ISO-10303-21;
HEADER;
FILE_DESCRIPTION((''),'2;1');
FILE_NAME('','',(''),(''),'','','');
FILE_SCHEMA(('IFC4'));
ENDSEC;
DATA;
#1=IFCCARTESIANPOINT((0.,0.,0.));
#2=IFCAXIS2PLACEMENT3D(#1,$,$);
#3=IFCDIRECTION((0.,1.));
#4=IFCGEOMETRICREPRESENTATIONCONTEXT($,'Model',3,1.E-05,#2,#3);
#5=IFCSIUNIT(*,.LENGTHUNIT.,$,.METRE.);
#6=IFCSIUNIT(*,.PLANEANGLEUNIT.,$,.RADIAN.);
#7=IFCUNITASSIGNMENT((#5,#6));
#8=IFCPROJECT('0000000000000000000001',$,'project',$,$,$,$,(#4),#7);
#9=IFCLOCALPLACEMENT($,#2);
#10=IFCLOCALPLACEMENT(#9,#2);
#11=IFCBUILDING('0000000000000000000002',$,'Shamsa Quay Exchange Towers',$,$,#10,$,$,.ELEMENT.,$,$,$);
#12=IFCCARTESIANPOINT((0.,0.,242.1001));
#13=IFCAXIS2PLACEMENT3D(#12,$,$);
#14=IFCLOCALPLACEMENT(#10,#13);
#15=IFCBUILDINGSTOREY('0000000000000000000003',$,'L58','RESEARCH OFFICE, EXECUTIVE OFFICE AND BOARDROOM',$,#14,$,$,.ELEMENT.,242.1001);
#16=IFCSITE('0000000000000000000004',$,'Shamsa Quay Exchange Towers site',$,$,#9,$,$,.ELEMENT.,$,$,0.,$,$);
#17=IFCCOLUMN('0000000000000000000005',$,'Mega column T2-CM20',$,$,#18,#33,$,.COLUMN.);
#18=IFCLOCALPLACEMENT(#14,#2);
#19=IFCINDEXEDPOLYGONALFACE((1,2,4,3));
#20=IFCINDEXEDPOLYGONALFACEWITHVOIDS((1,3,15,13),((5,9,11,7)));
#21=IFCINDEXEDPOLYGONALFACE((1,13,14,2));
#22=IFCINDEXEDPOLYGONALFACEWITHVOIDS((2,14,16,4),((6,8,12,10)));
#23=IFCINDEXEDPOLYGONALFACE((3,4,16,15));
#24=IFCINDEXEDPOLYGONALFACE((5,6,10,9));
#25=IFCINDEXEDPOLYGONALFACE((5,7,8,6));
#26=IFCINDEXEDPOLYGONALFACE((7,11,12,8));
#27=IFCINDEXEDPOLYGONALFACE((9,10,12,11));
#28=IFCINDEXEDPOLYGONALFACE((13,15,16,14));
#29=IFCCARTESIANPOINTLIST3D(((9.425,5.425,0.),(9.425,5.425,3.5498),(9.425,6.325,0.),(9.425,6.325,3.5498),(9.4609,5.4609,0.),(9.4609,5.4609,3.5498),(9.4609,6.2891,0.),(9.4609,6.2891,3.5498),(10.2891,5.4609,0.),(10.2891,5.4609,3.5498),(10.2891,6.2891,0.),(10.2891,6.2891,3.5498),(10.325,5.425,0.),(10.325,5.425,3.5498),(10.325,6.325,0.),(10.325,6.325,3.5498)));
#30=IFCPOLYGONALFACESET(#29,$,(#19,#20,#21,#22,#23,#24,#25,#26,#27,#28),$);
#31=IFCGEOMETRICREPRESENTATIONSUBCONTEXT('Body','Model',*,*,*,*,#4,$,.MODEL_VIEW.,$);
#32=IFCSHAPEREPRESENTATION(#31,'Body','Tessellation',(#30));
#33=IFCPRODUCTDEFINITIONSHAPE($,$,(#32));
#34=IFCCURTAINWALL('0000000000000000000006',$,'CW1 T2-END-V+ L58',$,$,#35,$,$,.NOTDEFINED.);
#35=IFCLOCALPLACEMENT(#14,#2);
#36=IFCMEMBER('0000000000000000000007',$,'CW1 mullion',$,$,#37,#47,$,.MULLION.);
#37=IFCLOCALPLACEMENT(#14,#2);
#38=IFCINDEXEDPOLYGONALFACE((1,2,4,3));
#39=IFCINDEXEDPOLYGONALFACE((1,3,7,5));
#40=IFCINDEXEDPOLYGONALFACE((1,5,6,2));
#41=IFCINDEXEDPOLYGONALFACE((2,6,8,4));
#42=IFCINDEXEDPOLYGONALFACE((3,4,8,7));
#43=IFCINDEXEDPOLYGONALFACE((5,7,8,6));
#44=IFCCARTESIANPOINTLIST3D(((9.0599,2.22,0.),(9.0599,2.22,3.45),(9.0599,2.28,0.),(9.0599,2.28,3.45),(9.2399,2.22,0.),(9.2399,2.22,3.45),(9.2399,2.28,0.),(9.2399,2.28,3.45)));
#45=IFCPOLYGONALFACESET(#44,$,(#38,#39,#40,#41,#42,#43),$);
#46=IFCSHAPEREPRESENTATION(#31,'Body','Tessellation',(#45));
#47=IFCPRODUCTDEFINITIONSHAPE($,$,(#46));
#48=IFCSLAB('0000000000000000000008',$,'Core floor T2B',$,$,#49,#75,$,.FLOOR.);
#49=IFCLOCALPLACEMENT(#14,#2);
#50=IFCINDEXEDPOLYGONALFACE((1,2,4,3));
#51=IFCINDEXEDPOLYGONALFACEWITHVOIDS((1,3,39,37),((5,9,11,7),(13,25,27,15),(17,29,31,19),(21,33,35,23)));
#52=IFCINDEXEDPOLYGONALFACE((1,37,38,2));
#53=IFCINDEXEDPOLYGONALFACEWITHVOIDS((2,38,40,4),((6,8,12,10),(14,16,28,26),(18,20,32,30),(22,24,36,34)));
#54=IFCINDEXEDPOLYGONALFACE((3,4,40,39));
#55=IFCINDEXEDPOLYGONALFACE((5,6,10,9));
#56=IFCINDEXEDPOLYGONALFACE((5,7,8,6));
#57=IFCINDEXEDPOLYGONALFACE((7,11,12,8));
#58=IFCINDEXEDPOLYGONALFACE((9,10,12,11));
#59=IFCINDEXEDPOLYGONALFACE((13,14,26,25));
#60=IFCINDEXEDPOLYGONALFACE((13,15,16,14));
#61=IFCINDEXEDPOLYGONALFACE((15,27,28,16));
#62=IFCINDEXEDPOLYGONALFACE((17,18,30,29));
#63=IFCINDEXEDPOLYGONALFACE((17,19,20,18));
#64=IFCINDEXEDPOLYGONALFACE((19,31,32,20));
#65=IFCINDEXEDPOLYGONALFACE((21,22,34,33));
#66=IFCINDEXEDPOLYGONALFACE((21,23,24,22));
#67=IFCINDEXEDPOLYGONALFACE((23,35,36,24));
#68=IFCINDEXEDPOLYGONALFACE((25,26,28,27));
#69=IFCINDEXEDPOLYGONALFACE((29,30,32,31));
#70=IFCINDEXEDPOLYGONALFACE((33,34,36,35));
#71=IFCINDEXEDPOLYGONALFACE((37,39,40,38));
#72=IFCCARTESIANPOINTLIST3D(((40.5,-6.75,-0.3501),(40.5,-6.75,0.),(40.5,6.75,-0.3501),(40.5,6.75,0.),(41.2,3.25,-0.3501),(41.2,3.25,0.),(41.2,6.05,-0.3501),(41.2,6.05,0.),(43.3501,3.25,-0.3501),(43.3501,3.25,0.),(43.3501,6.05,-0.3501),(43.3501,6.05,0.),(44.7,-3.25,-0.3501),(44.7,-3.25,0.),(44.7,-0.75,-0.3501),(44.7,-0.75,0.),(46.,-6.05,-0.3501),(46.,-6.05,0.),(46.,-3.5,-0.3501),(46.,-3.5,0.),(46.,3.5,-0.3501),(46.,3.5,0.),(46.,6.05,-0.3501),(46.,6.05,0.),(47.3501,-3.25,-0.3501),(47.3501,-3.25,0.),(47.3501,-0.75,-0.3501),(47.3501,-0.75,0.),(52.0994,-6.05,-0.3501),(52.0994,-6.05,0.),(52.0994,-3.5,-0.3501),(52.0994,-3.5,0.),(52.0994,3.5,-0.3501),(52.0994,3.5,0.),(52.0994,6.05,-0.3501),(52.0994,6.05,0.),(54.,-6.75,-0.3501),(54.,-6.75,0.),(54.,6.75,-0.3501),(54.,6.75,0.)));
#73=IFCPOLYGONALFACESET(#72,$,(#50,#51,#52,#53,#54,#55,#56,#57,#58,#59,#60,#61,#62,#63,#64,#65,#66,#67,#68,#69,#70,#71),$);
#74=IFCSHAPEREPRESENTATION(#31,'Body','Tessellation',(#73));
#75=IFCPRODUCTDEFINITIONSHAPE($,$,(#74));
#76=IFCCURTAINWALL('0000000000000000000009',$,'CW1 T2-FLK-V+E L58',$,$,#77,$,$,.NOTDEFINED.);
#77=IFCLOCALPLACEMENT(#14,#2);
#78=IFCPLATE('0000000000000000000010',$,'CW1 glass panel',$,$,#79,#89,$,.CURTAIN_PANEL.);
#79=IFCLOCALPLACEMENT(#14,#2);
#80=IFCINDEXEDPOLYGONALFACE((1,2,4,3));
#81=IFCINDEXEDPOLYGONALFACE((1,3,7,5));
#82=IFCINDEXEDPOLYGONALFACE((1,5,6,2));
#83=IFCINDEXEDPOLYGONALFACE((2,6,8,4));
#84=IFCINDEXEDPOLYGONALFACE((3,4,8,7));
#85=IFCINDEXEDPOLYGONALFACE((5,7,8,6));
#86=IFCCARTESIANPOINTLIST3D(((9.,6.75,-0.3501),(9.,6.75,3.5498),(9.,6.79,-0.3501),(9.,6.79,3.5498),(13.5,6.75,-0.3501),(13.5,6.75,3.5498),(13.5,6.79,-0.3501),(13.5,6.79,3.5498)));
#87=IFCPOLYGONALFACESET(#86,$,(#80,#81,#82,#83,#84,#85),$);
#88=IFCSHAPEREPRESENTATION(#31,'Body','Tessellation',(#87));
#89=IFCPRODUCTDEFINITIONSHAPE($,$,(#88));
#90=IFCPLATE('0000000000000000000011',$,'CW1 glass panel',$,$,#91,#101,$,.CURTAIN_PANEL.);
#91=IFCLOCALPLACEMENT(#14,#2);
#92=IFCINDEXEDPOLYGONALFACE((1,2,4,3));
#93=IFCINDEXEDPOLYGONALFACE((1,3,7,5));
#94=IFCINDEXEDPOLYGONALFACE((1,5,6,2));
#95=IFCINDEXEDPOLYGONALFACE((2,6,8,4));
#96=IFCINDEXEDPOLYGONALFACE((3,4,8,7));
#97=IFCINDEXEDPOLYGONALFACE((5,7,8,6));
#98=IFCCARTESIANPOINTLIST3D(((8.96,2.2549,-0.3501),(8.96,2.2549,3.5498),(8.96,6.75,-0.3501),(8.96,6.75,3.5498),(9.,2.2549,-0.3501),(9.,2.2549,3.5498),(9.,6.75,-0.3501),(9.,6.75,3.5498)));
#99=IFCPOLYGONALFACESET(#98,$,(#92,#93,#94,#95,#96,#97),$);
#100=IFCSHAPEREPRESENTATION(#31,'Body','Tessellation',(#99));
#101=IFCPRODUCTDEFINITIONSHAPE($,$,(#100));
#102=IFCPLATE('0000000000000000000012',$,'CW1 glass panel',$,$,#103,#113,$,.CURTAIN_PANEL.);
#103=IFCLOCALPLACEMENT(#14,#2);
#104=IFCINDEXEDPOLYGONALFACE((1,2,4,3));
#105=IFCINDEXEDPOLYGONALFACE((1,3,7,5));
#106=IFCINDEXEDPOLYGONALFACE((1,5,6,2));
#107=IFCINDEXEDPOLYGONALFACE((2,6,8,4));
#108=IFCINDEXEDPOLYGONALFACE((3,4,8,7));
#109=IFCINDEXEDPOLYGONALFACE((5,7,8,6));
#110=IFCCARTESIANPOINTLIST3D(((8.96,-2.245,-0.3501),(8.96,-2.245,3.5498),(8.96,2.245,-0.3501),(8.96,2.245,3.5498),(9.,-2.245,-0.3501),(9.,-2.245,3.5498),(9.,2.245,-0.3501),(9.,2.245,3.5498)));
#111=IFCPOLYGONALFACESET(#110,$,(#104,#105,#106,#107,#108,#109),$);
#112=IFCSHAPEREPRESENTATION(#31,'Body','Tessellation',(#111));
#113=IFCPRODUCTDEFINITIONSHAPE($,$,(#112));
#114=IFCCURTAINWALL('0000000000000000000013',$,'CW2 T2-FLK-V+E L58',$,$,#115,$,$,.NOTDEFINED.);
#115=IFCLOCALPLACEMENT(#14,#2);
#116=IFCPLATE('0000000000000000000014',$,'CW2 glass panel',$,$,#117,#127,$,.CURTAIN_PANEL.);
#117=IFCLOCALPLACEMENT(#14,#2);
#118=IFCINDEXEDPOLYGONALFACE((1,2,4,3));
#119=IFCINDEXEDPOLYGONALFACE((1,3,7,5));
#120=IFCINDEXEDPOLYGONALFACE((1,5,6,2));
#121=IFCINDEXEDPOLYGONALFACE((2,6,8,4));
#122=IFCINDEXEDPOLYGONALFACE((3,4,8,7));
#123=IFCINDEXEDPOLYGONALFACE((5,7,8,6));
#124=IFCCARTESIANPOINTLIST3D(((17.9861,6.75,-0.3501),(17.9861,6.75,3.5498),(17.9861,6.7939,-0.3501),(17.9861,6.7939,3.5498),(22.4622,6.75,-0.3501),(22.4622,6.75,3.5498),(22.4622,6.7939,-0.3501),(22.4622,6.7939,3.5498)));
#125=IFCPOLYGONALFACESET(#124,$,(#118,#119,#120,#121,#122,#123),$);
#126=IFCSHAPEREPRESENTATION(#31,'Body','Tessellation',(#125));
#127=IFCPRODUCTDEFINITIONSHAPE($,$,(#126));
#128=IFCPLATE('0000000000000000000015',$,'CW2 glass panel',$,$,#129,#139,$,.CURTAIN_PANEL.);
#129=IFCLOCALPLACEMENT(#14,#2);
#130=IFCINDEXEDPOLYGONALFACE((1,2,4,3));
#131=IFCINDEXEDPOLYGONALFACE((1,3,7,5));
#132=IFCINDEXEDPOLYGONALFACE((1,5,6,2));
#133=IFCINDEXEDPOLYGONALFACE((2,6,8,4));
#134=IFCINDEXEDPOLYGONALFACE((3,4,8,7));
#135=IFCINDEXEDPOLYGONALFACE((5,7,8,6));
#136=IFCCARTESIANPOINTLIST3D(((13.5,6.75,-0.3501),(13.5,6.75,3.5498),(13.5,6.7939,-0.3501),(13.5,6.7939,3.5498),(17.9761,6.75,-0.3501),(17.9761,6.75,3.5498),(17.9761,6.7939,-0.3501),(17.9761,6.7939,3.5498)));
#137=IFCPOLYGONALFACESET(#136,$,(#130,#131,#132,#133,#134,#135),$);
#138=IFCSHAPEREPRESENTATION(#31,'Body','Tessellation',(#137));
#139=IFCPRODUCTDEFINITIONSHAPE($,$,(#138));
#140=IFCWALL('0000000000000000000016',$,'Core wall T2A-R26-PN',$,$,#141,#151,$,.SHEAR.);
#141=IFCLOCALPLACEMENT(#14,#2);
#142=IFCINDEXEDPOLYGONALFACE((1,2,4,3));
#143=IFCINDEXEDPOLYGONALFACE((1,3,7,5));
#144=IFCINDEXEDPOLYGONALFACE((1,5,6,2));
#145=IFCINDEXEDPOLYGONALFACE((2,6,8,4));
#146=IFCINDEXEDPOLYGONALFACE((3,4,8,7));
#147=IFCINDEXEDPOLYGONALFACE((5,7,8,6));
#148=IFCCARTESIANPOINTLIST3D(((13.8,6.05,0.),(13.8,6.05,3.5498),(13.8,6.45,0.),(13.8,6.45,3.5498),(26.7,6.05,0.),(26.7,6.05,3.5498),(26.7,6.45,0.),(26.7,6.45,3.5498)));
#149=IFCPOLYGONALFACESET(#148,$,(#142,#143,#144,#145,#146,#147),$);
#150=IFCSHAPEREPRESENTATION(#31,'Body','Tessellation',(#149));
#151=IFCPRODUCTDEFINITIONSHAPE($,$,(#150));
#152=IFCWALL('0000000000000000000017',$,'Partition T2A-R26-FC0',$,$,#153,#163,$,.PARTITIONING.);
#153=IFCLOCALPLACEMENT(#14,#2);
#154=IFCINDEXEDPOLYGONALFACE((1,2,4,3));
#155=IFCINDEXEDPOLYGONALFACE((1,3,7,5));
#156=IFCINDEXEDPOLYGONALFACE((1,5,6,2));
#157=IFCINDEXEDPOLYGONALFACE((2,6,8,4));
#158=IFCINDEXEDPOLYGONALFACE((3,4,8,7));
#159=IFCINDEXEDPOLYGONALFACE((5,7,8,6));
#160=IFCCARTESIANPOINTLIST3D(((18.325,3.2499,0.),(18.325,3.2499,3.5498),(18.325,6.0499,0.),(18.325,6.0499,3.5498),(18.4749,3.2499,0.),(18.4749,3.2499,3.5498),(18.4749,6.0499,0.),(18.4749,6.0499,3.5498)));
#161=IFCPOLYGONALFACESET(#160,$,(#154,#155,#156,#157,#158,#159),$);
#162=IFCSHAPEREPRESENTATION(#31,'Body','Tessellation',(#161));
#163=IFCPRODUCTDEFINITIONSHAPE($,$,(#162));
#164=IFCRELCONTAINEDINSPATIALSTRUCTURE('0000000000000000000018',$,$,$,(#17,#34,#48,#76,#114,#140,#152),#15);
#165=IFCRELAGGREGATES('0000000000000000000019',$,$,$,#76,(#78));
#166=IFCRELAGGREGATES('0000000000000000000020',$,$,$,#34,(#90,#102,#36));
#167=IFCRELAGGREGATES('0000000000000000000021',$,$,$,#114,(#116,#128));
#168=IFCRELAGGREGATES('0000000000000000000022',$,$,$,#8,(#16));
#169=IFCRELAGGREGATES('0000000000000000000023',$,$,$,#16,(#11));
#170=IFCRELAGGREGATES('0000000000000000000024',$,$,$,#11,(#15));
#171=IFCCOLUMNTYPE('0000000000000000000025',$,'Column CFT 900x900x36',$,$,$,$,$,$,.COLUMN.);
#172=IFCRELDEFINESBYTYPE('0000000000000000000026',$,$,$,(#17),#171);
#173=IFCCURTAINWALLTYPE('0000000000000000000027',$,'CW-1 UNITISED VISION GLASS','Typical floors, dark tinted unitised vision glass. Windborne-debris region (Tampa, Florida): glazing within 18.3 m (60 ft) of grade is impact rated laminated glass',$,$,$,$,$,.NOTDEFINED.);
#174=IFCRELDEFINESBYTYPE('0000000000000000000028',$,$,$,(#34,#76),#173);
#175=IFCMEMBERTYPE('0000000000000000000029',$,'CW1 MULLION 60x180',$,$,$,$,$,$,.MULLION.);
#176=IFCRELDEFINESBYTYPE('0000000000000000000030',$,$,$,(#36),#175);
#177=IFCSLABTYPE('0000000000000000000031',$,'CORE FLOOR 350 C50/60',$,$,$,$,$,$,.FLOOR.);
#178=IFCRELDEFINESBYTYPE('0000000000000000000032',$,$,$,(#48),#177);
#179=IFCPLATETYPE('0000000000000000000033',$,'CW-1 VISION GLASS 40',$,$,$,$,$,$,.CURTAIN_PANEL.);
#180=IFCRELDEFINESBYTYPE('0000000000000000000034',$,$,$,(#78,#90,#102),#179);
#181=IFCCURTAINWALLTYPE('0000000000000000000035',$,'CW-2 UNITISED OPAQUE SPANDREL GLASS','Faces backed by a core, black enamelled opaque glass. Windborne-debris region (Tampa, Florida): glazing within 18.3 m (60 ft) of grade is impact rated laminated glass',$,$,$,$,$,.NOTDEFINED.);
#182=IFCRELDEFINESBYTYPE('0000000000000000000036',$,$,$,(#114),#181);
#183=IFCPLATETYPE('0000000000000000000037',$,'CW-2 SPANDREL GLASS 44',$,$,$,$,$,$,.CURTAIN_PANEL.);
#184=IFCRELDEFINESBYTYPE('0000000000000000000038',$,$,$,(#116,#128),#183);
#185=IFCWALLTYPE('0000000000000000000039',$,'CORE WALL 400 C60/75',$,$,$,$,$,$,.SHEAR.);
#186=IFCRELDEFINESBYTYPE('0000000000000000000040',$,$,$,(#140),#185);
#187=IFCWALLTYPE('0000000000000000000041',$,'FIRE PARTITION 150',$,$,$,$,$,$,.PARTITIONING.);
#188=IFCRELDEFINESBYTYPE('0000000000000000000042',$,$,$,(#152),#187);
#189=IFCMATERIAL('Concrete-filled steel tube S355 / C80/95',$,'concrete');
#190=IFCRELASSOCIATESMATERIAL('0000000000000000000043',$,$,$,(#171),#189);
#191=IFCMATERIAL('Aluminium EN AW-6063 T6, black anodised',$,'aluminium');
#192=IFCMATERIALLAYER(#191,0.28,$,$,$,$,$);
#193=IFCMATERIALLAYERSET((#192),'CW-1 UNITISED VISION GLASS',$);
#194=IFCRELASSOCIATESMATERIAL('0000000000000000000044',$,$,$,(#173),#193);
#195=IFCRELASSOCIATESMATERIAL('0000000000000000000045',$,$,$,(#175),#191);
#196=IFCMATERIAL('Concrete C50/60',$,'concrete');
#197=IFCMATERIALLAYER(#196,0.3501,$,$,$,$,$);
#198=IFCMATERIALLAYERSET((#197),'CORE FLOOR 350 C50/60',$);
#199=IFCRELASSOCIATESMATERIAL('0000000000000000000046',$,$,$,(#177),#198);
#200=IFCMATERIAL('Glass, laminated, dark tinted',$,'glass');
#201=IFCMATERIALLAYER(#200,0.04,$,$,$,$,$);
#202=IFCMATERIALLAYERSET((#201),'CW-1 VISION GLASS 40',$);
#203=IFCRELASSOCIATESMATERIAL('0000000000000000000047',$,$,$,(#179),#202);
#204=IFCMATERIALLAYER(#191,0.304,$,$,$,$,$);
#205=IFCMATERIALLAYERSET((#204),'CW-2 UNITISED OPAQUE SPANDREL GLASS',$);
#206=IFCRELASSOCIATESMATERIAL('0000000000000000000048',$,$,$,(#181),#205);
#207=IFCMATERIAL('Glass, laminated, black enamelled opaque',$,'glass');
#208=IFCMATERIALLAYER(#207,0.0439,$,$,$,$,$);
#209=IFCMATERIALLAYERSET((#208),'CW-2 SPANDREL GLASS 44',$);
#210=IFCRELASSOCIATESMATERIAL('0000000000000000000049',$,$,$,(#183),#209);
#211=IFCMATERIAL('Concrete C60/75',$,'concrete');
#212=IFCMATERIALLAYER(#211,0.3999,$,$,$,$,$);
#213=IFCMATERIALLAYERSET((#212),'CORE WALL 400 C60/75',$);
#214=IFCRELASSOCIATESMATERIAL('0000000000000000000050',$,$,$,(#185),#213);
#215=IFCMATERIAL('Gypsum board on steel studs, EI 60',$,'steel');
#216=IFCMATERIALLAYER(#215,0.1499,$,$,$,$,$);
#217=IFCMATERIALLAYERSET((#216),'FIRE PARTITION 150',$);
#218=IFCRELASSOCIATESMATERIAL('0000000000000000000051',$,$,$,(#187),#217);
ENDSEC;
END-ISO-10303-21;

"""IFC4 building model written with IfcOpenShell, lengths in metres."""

from ifc_helpers import new_model, si_unit, direction, frame, frame_2d, origin, origin_2d, place, context, subcontext, project, spatial, polyline, rectangle, hollow_rectangle, outline, extrude, material, layer, layer_set, material_profile, profile_set, type_object, element, aggregate, save


model = new_model("IFC4")

# Units and contexts
model_context = context("Model", 3, precision=1e-05, world=origin(), true_north=direction((0.0, 1.0)))
body_context = subcontext(model_context, "Body", "Model", "MODEL_VIEW")
ifc_project = project(units=[si_unit("LENGTHUNIT", "METRE"), si_unit("PLANEANGLEUNIT", "RADIAN")], contexts=[model_context])

# Site, building, storey
site_placement = place(None, origin())
site = spatial("IfcSite", under=ifc_project, at=site_placement, Name="Shamsa Quay Exchange Towers site", CompositionType="ELEMENT", RefElevation=0.0)
building_placement = place(site_placement, origin())
building = spatial("IfcBuilding", under=site, at=building_placement, Name="Shamsa Quay Exchange Towers", CompositionType="ELEMENT")
storey_placement = place(building_placement, frame((0.0, 0.0, 242.1001)))
storey = spatial("IfcBuildingStorey", under=building, at=storey_placement, Name="L58", Description="RESEARCH OFFICE, EXECUTIVE OFFICE AND BOARDROOM", CompositionType="ELEMENT", Elevation=242.1001)

# Column
ifc_material_1 = material(Name="Concrete-filled steel tube S355 / C80/95", Category="concrete")
ifc_material_profile_1 = material_profile(ifc_material_1, hollow_rectangle(XDim=0.8999, YDim=0.8999, WallThickness=0.0359, at=origin_2d()), Name="CFT 900x900x36")
ifc_profile_set_1 = profile_set([ifc_material_profile_1], Name="Concrete-filled steel tube S355 / C80/95")
column_type = type_object("IfcColumnType", Name="Column CFT 900x900x36", PredefinedType="COLUMN", material=ifc_profile_set_1)
column_placement = place(storey_placement, frame((9.875, 5.875, 0.0)))
element("IfcColumn", 1, at=column_placement, inside=storey, type_object=column_type, Name="Mega column T2-CM20", PredefinedType="COLUMN", context=body_context, shape_type="SweptSolid", body=[
    extrude(hollow_rectangle(XDim=0.8999, YDim=0.8999, WallThickness=0.0359, at=origin_2d()), origin(), (0.0, 0.0, 1.0), 3.5498),
])

# Curtain wall, member
ifc_material_2 = material(Name="Aluminium EN AW-6063 T6, black anodised", Category="aluminium")
ifc_layer_1 = layer(ifc_material_2, 0.28)
ifc_layer_set_1 = layer_set([ifc_layer_1], Name="CW-1 UNITISED VISION GLASS")
curtain_wall_type_1 = type_object("IfcCurtainWallType", Name="CW-1 UNITISED VISION GLASS", Description="Typical floors, dark tinted unitised vision glass. Windborne-debris region (Tampa, Florida): glazing within 18.3 m (60 ft) of grade is impact rated laminated glass", PredefinedType="NOTDEFINED", material=ifc_layer_set_1)
curtain_wall_1_placement = place(storey_placement, origin())
curtain_wall_1 = element("IfcCurtainWall", 2, at=curtain_wall_1_placement, inside=storey, type_object=curtain_wall_type_1, Name="CW1 T2-END-V+ L58", PredefinedType="NOTDEFINED")
ifc_material_profile_2 = material_profile(ifc_material_2, rectangle(XDim=0.1799, YDim=0.0601, at=origin_2d()), Name="MU60x180")
ifc_profile_set_2 = profile_set([ifc_material_profile_2], Name="Aluminium EN AW-6063 T6, black anodised")
member_type = type_object("IfcMemberType", Name="CW1 MULLION 60x180", PredefinedType="MULLION", material=ifc_profile_set_2)
member_placement = place(storey_placement, frame((9.1499, 2.25, 0.0)))
member = element("IfcMember", 3, at=member_placement, type_object=member_type, Name="CW1 mullion", PredefinedType="MULLION", context=body_context, shape_type="SweptSolid", body=[
    extrude(rectangle(XDim=0.1799, YDim=0.0601, at=origin_2d()), origin(), (0.0, 0.0, 1.0), 3.45),
])

# Slab
ifc_material_3 = material(Name="Concrete C50/60", Category="concrete")
ifc_layer_2 = layer(ifc_material_3, 0.3501)
ifc_layer_set_2 = layer_set([ifc_layer_2], Name="CORE FLOOR 350 C50/60")
slab_type = type_object("IfcSlabType", Name="CORE FLOOR 350 C50/60", PredefinedType="FLOOR", material=ifc_layer_set_2)
slab_placement = place(storey_placement, frame((0.0, 0.0, -0.3501)))
element("IfcSlab", 4, at=slab_placement, inside=storey, type_object=slab_type, Name="Core floor T2B", PredefinedType="FLOOR", context=body_context, shape_type="SweptSolid", body=[
    extrude(outline(polyline([(54.0, -6.75), (54.0, 6.75), (40.5, 6.75), (40.5, -6.75), (54.0, -6.75)]), holes=[polyline([(52.0994, -3.5), (52.0994, -6.05), (46.0, -6.05), (46.0, -3.5), (52.0994, -3.5)]), polyline([(52.0994, 6.05), (52.0994, 3.5), (46.0, 3.5), (46.0, 6.05), (52.0994, 6.05)]), polyline([(43.3501, 3.25), (41.2, 3.25), (41.2, 6.05), (43.3501, 6.05), (43.3501, 3.25)]), polyline([(47.3501, -3.25), (44.7, -3.25), (44.7, -0.75), (47.3501, -0.75), (47.3501, -3.25)])]), origin(), (0.0, 0.0, 1.0), 0.3501),
])

# Curtain wall, plate
curtain_wall_2_placement = place(storey_placement, origin())
curtain_wall_2 = element("IfcCurtainWall", 5, at=curtain_wall_2_placement, inside=storey, type_object=curtain_wall_type_1, Name="CW1 T2-FLK-V+E L58", PredefinedType="NOTDEFINED")
ifc_material_4 = material(Name="Glass, laminated, dark tinted", Category="glass")
ifc_layer_3 = layer(ifc_material_4, 0.04)
ifc_layer_set_3 = layer_set([ifc_layer_3], Name="CW-1 VISION GLASS 40")
plate_type_1 = type_object("IfcPlateType", Name="CW-1 VISION GLASS 40", PredefinedType="CURTAIN_PANEL", material=ifc_layer_set_3)
plate_1_placement = place(storey_placement, frame((11.25, 6.77, -0.3501), z_axis=(0.0, 0.0, 1.0), x_axis=(-1.0, 0.0, 0.0)))
plate_1 = element("IfcPlate", 6, at=plate_1_placement, type_object=plate_type_1, Name="CW1 glass panel", PredefinedType="CURTAIN_PANEL", context=body_context, shape_type="SweptSolid", body=[
    extrude(rectangle(XDim=4.5, YDim=0.04, at=origin_2d()), origin(), (0.0, 0.0, 1.0), 3.8999),
])
aggregate(curtain_wall_2, [plate_1])

# Plates
plate_2_placement = place(storey_placement, frame((8.98, 4.5024, -0.3501), z_axis=(0.0, 0.0, 1.0), x_axis=(0.0, -1.0, 0.0)))
plate_2 = element("IfcPlate", 7, at=plate_2_placement, type_object=plate_type_1, Name="CW1 glass panel", PredefinedType="CURTAIN_PANEL", context=body_context, shape_type="SweptSolid", body=[
    extrude(rectangle(XDim=4.4951, YDim=0.04, at=origin_2d()), origin(), (0.0, 0.0, 1.0), 3.8999),
])
plate_3_placement = place(storey_placement, frame((8.98, 0.0, -0.3501), z_axis=(0.0, 0.0, 1.0), x_axis=(0.0, -1.0, 0.0)))
plate_3 = element("IfcPlate", 8, at=plate_3_placement, type_object=plate_type_1, Name="CW1 glass panel", PredefinedType="CURTAIN_PANEL", context=body_context, shape_type="SweptSolid", body=[
    extrude(rectangle(XDim=4.49, YDim=0.04, at=origin_2d()), origin(), (0.0, 0.0, 1.0), 3.8999),
])
aggregate(curtain_wall_1, [plate_2, plate_3, member])

# Curtain wall, plates
ifc_layer_4 = layer(ifc_material_2, 0.304)
ifc_layer_set_4 = layer_set([ifc_layer_4], Name="CW-2 UNITISED OPAQUE SPANDREL GLASS")
curtain_wall_type_2 = type_object("IfcCurtainWallType", Name="CW-2 UNITISED OPAQUE SPANDREL GLASS", Description="Faces backed by a core, black enamelled opaque glass. Windborne-debris region (Tampa, Florida): glazing within 18.3 m (60 ft) of grade is impact rated laminated glass", PredefinedType="NOTDEFINED", material=ifc_layer_set_4)
curtain_wall_3_placement = place(storey_placement, origin())
curtain_wall_3 = element("IfcCurtainWall", 9, at=curtain_wall_3_placement, inside=storey, type_object=curtain_wall_type_2, Name="CW2 T2-FLK-V+E L58", PredefinedType="NOTDEFINED")
ifc_material_5 = material(Name="Glass, laminated, black enamelled opaque", Category="glass")
ifc_layer_5 = layer(ifc_material_5, 0.0439)
ifc_layer_set_5 = layer_set([ifc_layer_5], Name="CW-2 SPANDREL GLASS 44")
plate_type_2 = type_object("IfcPlateType", Name="CW-2 SPANDREL GLASS 44", PredefinedType="CURTAIN_PANEL", material=ifc_layer_set_5)
plate_4_placement = place(storey_placement, frame((20.2241, 6.772, -0.3501), z_axis=(0.0, 0.0, 1.0), x_axis=(-1.0, 0.0, 0.0)))
plate_4 = element("IfcPlate", 10, at=plate_4_placement, type_object=plate_type_2, Name="CW2 glass panel", PredefinedType="CURTAIN_PANEL", context=body_context, shape_type="SweptSolid", body=[
    extrude(rectangle(XDim=4.4761, YDim=0.0439, at=origin_2d()), origin(), (0.0, 0.0, 1.0), 3.8999),
])
plate_5_placement = place(storey_placement, frame((15.738, 6.772, -0.3501), z_axis=(0.0, 0.0, 1.0), x_axis=(-1.0, 0.0, 0.0)))
plate_5 = element("IfcPlate", 11, at=plate_5_placement, type_object=plate_type_2, Name="CW2 glass panel", PredefinedType="CURTAIN_PANEL", context=body_context, shape_type="SweptSolid", body=[
    extrude(rectangle(XDim=4.4761, YDim=0.0439, at=origin_2d()), origin(), (0.0, 0.0, 1.0), 3.8999),
])
aggregate(curtain_wall_3, [plate_4, plate_5])

# Wall
ifc_material_6 = material(Name="Concrete C60/75", Category="concrete")
ifc_layer_6 = layer(ifc_material_6, 0.3999)
ifc_layer_set_6 = layer_set([ifc_layer_6], Name="CORE WALL 400 C60/75")
wall_type_1 = type_object("IfcWallType", Name="CORE WALL 400 C60/75", PredefinedType="SHEAR", material=ifc_layer_set_6)
wall_1_placement = place(storey_placement, frame((13.8, 6.25, 0.0)))
element("IfcWall", 12, at=wall_1_placement, inside=storey, type_object=wall_type_1, Name="Core wall T2A-R26-PN", PredefinedType="SHEAR", context=body_context, shape_type="SweptSolid", body=[
    extrude(rectangle(XDim=12.8999, YDim=0.3999, at=frame_2d((6.45, 0.0))), origin(), (0.0, 0.0, 1.0), 3.5498),
])

# Wall
ifc_material_7 = material(Name="Gypsum board on steel studs, EI 60", Category="steel")
ifc_layer_7 = layer(ifc_material_7, 0.1499)
ifc_layer_set_7 = layer_set([ifc_layer_7], Name="FIRE PARTITION 150")
wall_type_2 = type_object("IfcWallType", Name="FIRE PARTITION 150", PredefinedType="PARTITIONING", material=ifc_layer_set_7)
wall_2_placement = place(storey_placement, frame((18.3999, 3.25, 0.0), z_axis=(0.0, 0.0, 1.0), x_axis=(0.0, 1.0, 0.0)))
element("IfcWall", 13, at=wall_2_placement, inside=storey, type_object=wall_type_2, Name="Partition T2A-R26-FC0", PredefinedType="PARTITIONING", context=body_context, shape_type="SweptSolid", body=[
    extrude(rectangle(XDim=2.8, YDim=0.1499, at=frame_2d((1.3999, 0.0))), origin(), (0.0, 0.0, 1.0), 3.5498),
])

save(model, "model.ifc")
